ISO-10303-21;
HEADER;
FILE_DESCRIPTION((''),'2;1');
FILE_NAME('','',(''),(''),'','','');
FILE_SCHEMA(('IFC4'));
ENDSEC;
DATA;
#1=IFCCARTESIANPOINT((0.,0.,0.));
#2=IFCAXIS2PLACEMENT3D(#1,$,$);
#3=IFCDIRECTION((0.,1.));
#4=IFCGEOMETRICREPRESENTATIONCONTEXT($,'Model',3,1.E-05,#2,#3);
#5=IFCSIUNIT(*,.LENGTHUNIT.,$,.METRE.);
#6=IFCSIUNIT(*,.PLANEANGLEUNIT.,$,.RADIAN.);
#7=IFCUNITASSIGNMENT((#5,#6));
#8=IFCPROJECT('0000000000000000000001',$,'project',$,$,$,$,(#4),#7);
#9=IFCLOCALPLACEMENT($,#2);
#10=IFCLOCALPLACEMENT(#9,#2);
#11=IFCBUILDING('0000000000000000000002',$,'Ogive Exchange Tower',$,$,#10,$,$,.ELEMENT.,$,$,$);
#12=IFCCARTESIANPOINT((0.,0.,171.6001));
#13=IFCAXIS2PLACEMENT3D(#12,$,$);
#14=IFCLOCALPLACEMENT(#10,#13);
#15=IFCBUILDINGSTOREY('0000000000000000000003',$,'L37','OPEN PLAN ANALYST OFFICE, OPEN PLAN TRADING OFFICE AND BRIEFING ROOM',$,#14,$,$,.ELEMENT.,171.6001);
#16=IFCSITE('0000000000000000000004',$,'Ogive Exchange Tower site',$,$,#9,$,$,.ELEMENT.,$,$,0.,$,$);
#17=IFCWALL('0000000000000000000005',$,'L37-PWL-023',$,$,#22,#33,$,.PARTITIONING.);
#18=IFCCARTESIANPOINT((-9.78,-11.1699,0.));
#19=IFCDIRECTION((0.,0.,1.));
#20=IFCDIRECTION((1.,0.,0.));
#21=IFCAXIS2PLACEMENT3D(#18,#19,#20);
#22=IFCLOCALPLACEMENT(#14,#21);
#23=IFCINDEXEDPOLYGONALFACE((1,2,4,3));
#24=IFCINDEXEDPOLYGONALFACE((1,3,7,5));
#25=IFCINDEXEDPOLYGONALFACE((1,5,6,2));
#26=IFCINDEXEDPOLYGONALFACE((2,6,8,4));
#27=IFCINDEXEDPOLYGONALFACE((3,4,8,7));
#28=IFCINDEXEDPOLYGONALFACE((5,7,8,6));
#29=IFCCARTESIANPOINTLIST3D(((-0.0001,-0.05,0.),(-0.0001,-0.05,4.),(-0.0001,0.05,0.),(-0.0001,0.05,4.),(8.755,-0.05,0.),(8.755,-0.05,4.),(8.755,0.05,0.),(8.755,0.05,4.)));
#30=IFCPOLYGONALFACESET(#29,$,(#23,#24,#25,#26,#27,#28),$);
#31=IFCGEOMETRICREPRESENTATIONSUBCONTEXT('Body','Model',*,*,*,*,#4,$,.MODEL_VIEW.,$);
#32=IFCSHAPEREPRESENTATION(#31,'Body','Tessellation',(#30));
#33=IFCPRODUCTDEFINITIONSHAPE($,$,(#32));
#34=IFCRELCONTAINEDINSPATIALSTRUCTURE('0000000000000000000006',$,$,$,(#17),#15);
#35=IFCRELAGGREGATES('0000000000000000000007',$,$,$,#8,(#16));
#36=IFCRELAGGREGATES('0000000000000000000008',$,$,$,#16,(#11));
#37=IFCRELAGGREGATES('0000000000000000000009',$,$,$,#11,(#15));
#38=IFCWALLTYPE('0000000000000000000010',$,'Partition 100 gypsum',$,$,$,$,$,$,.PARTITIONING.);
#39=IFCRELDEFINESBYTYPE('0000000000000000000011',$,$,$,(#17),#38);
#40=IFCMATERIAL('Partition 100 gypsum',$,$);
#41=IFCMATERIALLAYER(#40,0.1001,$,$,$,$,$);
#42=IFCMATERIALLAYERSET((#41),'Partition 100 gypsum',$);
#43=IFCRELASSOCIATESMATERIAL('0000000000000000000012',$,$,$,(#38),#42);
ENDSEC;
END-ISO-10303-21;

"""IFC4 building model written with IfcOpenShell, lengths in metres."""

from ifc_helpers import new_model, si_unit, direction, frame, frame_2d, origin, place, context, subcontext, project, spatial, rectangle, extrude, material, layer, layer_set, type_object, element, save


model = new_model("IFC4")

# Units and contexts
model_context = context("Model", 3, precision=1e-05, world=origin(), true_north=direction((0.0, 1.0)))
body_context = subcontext(model_context, "Body", "Model", "MODEL_VIEW")
ifc_project = project(units=[si_unit("LENGTHUNIT", "METRE"), si_unit("PLANEANGLEUNIT", "RADIAN")], contexts=[model_context])

# Site, building, storey
site_placement = place(None, origin())
site = spatial("IfcSite", under=ifc_project, at=site_placement, Name="Ogive Exchange Tower site", CompositionType="ELEMENT", RefElevation=0.0)
building_placement = place(site_placement, origin())
building = spatial("IfcBuilding", under=site, at=building_placement, Name="Ogive Exchange Tower", CompositionType="ELEMENT")
storey_placement = place(building_placement, frame((0.0, 0.0, 171.6001)))
storey = spatial("IfcBuildingStorey", under=building, at=storey_placement, Name="L37", Description="OPEN PLAN ANALYST OFFICE, OPEN PLAN TRADING OFFICE AND BRIEFING ROOM", CompositionType="ELEMENT", Elevation=171.6001)

# Shared definitions
ifc_material_1 = material(Name="Partition 100 gypsum")
ifc_layer_1 = layer(ifc_material_1, 0.1001)
ifc_layer_set_1 = layer_set([ifc_layer_1], Name="Partition 100 gypsum")
wall_type_1 = type_object("IfcWallType", Name="Partition 100 gypsum", PredefinedType="PARTITIONING", material=ifc_layer_set_1)

# Wall
wall_1_placement = place(storey_placement, frame((-9.78, -11.1699, 0.0), z_axis=(0.0, 0.0, 1.0), x_axis=(1.0, 0.0, 0.0)))
element("IfcWall", 1, at=wall_1_placement, inside=storey, type_object=wall_type_1, Name="L37-PWL-023", PredefinedType="PARTITIONING", context=body_context, shape_type="SweptSolid", body=[
    extrude(rectangle(XDim=8.7551, YDim=0.1001, at=frame_2d((4.3774, 0.0))), origin(), (0.0, 0.0, 1.0), 4.0),
])

save(model, "model.ifc")
